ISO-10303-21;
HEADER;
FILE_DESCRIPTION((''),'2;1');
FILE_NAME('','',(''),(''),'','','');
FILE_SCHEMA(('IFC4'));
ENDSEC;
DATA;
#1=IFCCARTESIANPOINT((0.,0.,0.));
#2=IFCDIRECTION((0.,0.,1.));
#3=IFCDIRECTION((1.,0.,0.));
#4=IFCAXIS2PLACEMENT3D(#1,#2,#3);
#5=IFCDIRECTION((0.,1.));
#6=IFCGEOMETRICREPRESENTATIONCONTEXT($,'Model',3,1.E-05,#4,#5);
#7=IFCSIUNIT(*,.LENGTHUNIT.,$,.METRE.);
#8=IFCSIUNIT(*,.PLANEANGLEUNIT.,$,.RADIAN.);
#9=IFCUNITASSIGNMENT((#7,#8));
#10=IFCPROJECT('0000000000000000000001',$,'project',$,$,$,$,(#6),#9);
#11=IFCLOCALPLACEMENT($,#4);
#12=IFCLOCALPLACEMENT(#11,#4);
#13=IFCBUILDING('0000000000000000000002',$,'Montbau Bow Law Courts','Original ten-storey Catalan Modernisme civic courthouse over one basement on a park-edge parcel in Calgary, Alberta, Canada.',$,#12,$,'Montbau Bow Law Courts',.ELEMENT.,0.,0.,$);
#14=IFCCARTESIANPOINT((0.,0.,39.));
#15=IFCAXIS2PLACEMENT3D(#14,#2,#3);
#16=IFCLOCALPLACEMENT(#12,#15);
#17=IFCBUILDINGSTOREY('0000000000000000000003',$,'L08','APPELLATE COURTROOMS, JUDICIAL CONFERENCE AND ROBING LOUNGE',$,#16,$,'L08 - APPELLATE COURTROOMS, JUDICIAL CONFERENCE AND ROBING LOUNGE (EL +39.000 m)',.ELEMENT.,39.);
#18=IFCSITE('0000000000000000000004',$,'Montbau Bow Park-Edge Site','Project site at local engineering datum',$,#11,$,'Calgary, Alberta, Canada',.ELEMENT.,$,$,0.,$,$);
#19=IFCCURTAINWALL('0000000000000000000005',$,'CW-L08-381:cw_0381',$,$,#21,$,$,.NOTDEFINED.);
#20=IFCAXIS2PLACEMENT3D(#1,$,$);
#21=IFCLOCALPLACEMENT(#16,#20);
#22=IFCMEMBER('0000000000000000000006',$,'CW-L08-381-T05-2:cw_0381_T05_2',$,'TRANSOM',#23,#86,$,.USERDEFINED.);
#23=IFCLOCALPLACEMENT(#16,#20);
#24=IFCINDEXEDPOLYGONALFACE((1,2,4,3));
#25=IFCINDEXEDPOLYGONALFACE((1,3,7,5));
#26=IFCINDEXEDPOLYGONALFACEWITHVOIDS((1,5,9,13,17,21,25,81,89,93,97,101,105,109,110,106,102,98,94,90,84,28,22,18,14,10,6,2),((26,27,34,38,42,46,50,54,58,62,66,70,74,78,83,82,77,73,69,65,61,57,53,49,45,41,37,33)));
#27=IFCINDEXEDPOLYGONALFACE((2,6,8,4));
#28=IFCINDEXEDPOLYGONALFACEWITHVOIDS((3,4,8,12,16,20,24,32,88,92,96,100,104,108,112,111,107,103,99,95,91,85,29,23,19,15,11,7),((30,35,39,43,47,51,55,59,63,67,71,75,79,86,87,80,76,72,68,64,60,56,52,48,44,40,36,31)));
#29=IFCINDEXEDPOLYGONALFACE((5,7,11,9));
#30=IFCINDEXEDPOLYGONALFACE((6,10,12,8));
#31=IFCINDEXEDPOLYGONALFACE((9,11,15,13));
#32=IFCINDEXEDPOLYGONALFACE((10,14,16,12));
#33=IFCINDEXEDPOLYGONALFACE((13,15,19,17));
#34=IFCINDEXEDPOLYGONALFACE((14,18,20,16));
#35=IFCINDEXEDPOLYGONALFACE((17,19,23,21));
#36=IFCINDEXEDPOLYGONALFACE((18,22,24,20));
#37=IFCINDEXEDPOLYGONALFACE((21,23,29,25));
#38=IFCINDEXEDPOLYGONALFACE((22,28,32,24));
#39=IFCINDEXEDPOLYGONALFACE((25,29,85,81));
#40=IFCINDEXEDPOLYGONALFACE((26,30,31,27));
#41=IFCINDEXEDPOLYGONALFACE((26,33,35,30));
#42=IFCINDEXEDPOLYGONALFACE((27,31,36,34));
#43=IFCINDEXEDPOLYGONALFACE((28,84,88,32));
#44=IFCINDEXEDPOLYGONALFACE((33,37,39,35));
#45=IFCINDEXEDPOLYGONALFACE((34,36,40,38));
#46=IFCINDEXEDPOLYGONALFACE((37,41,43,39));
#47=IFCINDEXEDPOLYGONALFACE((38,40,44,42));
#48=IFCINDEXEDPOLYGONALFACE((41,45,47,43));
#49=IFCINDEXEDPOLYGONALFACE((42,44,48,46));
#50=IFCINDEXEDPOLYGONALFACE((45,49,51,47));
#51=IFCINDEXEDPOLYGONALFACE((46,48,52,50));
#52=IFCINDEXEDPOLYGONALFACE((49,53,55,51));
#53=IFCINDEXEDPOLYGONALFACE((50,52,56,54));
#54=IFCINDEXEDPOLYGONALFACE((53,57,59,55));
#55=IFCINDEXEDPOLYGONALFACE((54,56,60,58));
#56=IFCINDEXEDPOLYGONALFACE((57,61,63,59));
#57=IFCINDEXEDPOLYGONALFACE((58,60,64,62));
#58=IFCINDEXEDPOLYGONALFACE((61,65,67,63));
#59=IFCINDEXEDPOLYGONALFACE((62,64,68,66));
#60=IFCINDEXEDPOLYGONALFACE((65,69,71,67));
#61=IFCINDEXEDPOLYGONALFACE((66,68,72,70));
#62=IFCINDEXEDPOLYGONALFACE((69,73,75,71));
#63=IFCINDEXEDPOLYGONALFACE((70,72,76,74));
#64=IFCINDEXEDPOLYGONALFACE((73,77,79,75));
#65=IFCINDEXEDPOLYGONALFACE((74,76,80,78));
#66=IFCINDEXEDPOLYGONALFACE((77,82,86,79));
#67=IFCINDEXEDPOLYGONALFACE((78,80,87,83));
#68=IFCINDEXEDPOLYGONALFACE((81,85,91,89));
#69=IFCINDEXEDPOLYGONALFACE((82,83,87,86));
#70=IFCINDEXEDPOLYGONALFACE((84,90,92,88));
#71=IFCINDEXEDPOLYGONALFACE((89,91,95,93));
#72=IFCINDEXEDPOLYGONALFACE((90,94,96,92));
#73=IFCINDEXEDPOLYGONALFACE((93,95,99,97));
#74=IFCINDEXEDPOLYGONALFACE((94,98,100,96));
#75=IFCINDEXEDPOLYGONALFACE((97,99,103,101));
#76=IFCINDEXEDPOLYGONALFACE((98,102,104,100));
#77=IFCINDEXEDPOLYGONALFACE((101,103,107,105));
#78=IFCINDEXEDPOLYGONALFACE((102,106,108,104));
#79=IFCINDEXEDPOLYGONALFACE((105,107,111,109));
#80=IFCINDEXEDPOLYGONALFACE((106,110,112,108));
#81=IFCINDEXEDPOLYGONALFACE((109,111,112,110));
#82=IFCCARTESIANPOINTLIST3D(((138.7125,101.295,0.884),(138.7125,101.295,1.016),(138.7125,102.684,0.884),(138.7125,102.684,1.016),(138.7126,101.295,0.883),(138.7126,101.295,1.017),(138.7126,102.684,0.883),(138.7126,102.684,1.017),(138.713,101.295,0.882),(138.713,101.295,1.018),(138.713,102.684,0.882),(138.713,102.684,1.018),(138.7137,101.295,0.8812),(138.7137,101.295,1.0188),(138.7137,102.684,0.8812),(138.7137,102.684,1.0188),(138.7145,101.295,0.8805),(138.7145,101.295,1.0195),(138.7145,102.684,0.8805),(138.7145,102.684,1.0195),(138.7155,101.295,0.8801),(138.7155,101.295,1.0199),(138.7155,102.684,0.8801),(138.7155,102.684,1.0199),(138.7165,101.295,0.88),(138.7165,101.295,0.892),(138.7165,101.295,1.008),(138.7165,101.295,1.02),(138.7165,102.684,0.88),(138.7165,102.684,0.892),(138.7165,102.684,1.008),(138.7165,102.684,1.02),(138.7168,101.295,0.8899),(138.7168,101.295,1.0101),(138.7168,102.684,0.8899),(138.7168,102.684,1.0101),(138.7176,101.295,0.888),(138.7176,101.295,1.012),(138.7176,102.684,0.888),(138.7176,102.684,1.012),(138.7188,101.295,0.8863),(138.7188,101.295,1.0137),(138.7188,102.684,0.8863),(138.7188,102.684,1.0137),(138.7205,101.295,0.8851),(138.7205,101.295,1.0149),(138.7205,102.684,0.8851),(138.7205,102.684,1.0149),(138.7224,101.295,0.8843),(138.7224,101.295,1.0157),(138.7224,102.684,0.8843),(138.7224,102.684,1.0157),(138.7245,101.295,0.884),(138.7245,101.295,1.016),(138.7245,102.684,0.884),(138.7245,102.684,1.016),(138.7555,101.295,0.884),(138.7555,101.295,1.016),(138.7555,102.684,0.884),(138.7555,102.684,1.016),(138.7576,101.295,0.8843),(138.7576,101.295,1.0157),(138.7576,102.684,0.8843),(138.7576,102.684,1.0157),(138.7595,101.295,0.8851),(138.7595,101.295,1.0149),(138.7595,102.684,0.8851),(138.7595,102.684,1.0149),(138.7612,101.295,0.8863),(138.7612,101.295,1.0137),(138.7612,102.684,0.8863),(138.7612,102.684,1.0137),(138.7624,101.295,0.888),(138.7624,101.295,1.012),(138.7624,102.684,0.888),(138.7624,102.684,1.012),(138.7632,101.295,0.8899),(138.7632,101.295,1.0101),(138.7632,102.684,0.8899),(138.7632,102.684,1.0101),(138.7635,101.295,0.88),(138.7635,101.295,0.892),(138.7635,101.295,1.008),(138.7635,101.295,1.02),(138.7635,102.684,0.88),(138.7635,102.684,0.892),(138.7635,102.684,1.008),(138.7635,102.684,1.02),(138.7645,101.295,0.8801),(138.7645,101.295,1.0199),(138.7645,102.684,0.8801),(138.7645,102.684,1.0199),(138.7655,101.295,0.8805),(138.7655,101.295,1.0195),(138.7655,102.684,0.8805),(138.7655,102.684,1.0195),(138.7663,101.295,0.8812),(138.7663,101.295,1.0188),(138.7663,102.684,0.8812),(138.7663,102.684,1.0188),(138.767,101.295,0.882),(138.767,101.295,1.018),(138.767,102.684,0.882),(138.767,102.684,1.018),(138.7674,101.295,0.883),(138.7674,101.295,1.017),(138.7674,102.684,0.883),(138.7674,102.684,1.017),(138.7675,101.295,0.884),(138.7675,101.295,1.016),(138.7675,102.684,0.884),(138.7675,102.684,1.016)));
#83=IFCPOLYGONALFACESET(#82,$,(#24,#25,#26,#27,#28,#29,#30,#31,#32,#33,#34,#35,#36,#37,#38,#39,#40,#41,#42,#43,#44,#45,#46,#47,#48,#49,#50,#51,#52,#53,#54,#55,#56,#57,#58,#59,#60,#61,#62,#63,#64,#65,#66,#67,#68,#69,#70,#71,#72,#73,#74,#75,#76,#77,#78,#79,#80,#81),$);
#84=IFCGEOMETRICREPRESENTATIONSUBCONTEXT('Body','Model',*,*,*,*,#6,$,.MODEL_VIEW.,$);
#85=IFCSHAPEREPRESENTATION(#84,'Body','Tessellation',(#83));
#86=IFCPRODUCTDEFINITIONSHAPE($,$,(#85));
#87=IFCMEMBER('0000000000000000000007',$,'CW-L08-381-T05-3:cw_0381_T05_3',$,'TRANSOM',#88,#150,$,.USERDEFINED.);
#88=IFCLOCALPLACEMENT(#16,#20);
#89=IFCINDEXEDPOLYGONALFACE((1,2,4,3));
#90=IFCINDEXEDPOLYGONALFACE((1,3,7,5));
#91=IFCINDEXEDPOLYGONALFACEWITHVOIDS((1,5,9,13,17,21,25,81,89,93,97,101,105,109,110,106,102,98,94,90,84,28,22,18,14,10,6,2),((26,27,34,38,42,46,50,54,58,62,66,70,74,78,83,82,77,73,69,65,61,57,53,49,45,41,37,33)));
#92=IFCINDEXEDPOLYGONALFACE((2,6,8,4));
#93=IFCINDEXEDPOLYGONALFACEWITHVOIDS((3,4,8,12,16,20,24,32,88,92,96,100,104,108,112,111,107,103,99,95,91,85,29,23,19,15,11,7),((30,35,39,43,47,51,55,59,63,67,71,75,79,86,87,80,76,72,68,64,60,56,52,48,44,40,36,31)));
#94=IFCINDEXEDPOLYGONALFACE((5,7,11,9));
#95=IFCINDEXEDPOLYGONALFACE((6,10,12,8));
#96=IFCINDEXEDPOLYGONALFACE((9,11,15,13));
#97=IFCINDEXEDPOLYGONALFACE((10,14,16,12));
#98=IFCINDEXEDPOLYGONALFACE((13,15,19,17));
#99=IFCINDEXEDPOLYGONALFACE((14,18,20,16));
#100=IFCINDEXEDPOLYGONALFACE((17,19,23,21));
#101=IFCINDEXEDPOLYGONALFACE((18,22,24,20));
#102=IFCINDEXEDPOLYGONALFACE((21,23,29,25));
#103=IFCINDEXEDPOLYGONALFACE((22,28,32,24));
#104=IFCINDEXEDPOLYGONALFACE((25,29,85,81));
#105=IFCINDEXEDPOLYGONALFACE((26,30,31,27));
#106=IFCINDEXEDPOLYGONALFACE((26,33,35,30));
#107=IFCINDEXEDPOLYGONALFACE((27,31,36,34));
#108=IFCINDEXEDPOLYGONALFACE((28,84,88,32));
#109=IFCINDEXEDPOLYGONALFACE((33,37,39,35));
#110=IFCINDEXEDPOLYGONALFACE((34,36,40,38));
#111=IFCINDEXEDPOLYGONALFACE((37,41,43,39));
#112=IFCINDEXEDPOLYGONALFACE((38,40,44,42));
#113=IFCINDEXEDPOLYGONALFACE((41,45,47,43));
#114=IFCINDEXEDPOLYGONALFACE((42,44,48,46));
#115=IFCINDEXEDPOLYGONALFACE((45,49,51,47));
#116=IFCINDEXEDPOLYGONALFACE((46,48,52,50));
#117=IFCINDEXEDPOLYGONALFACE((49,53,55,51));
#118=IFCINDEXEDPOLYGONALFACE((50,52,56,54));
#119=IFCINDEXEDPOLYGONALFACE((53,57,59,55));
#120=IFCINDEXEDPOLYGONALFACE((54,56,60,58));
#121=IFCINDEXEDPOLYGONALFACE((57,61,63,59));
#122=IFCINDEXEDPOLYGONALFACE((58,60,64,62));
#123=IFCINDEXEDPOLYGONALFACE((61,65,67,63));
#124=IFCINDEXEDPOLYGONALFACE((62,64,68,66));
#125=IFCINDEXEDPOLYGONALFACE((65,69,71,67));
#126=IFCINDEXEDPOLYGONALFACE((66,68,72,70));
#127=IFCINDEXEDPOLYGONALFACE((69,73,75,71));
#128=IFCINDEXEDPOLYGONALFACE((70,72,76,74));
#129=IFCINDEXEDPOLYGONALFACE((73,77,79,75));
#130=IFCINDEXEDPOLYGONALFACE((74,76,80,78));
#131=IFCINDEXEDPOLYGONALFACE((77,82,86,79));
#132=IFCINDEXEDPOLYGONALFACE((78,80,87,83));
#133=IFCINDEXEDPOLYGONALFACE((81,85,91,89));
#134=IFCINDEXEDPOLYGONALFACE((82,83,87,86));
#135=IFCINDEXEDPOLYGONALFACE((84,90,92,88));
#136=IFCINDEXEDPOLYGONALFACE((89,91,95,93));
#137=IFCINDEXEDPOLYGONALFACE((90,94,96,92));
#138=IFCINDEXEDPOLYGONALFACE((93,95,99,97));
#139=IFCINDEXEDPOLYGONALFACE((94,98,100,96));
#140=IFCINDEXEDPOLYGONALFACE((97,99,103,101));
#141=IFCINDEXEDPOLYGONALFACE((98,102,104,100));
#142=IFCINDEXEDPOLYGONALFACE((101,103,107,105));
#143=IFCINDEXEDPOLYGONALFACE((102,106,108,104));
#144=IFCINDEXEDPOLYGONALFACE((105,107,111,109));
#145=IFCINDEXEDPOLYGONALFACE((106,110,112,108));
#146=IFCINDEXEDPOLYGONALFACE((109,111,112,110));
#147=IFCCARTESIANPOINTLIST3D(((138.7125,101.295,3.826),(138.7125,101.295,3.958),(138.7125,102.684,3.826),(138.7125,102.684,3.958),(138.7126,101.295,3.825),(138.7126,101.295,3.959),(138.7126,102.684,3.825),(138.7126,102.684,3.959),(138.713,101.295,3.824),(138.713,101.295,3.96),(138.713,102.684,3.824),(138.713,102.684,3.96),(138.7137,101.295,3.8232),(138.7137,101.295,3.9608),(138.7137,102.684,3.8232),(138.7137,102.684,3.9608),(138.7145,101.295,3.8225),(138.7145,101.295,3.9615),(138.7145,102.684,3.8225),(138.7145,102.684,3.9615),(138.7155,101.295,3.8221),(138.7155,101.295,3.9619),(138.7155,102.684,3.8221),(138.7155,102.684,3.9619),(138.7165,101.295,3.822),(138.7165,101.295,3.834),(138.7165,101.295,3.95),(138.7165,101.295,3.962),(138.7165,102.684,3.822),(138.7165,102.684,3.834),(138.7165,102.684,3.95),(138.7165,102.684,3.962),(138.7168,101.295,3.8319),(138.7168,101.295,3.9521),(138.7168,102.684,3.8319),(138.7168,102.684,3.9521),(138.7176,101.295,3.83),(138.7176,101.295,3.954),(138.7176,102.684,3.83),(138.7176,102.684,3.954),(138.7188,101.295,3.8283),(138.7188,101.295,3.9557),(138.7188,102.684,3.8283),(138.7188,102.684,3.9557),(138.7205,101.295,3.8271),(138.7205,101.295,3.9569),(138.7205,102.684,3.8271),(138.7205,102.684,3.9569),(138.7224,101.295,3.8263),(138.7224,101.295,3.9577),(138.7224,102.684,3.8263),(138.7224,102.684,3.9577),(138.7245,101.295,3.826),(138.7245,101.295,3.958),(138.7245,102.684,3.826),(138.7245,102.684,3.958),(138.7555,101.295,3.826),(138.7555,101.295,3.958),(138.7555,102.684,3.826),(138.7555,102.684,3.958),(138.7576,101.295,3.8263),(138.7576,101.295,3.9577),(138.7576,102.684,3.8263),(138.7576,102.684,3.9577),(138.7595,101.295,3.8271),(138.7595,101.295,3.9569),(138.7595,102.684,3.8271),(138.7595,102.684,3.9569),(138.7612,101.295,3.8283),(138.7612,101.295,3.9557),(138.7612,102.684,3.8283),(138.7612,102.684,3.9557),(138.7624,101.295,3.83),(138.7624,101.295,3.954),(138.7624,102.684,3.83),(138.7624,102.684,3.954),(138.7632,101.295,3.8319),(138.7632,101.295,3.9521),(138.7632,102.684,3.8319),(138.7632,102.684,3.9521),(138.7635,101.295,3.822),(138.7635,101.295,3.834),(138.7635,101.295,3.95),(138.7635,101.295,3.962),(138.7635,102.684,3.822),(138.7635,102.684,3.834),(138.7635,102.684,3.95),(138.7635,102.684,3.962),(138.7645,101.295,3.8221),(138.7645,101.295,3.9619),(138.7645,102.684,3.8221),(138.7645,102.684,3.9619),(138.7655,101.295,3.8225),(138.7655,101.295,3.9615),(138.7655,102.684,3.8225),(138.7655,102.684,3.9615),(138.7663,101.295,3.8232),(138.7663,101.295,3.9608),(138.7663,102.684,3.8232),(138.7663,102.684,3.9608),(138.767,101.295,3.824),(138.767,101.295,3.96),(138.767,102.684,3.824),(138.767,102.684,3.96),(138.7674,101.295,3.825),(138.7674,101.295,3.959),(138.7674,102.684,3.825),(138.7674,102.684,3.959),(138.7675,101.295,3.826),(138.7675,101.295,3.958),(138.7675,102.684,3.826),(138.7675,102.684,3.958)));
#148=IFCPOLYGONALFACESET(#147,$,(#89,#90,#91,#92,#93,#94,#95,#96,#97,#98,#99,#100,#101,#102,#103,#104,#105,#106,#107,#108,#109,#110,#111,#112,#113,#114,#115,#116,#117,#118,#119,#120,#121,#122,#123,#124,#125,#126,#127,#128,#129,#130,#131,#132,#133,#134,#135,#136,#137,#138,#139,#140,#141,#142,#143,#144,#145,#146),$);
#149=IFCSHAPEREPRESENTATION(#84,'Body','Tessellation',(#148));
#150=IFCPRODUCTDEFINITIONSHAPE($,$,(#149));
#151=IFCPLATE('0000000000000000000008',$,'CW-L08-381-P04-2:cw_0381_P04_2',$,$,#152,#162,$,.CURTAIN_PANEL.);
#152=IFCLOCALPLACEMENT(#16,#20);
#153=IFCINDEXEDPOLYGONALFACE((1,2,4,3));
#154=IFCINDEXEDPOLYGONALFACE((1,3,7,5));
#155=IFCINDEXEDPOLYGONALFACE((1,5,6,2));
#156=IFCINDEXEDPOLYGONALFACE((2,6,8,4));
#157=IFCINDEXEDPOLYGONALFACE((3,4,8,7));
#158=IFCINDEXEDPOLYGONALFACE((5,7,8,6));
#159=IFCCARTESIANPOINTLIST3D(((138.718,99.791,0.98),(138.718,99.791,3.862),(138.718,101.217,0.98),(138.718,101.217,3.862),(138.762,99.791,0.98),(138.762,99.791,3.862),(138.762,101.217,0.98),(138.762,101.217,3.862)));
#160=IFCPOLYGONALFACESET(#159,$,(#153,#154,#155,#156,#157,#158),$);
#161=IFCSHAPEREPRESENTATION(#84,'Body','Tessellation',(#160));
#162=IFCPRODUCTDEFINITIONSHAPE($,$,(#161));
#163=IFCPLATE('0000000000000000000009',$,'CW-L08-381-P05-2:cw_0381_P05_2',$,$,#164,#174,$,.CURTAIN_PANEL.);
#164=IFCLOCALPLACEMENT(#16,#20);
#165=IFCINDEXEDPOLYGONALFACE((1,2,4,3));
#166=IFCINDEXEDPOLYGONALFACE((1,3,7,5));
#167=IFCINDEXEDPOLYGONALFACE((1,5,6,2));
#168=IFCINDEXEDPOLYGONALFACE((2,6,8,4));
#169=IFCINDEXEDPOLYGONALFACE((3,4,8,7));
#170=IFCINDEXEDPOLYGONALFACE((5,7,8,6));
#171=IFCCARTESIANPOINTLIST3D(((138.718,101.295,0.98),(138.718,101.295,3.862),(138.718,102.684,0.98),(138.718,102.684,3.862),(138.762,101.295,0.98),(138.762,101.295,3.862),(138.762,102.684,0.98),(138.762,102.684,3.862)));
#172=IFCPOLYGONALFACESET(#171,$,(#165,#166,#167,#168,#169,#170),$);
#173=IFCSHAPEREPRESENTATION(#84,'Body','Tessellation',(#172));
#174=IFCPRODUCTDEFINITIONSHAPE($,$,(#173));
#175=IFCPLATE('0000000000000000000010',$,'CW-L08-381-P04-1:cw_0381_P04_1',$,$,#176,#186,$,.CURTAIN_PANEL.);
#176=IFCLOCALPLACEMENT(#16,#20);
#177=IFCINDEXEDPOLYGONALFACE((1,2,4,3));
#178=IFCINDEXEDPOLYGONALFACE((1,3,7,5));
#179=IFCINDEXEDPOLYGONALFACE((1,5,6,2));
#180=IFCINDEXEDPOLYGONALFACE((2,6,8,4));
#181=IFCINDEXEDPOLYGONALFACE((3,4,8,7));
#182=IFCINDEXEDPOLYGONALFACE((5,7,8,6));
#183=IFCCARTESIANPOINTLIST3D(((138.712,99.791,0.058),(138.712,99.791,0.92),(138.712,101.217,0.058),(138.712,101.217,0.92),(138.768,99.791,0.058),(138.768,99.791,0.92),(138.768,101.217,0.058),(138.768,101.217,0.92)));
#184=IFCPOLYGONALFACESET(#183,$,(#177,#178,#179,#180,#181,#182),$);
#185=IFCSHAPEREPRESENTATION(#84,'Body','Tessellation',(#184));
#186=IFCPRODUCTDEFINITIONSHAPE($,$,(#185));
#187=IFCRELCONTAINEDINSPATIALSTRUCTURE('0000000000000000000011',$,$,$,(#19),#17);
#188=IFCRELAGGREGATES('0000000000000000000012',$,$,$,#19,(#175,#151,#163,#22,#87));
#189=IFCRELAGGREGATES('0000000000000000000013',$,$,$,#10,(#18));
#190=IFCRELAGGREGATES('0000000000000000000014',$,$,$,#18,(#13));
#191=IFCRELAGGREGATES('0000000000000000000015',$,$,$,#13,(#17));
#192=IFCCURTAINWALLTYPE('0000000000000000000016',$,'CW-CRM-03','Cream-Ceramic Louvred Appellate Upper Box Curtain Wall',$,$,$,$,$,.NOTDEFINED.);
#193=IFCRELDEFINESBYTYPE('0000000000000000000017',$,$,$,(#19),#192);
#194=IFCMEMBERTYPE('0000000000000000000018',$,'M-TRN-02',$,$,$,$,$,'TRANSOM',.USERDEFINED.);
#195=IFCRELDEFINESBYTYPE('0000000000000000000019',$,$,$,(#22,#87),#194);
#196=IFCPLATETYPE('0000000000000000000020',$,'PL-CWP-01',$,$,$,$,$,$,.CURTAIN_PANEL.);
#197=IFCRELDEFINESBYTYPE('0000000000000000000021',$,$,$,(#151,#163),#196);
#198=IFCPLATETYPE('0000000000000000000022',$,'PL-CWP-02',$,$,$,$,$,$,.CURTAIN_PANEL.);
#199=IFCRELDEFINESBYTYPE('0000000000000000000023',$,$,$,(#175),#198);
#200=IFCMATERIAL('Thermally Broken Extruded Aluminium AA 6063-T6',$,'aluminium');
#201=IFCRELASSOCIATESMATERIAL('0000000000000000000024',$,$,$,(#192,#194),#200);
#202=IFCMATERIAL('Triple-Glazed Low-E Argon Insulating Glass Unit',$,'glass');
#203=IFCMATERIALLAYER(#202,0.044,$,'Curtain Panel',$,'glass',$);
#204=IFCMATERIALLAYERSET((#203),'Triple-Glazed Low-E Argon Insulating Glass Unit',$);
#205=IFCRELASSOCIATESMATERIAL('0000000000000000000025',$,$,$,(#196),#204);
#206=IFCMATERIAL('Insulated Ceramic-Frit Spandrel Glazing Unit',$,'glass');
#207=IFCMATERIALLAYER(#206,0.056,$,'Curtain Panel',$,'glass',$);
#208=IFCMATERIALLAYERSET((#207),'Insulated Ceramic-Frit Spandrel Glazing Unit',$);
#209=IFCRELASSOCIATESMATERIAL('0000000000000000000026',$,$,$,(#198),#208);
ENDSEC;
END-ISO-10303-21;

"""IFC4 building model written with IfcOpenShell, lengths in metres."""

from ifc_helpers import new_model, si_unit, direction, frame, frame_2d, origin_with_axes, origin_2d_with_axis, place, context, subcontext, project, spatial, rectangle, hollow_rectangle, extrude, material, layer, layer_set, material_profile, profile_set, type_object, element, aggregate, save


model = new_model("IFC4")

# Units and contexts
model_context = context("Model", 3, precision=1e-05, world=origin_with_axes(), true_north=direction((0.0, 1.0)))
body_context = subcontext(model_context, "Body", "Model", "MODEL_VIEW")
ifc_project = project(units=[si_unit("LENGTHUNIT", "METRE"), si_unit("PLANEANGLEUNIT", "RADIAN")], contexts=[model_context])

# Site, building, storey
site_placement = place(None, origin_with_axes())
site = spatial("IfcSite", under=ifc_project, at=site_placement, Name="Montbau Bow Park-Edge Site", Description="Project site at local engineering datum", LongName="Calgary, Alberta, Canada", CompositionType="ELEMENT", RefElevation=0.0)
building_placement = place(site_placement, origin_with_axes())
building = spatial("IfcBuilding", under=site, at=building_placement, Name="Montbau Bow Law Courts", Description="Original ten-storey Catalan Modernisme civic courthouse over one basement on a park-edge parcel in Calgary, Alberta, Canada.", LongName="Montbau Bow Law Courts", CompositionType="ELEMENT", ElevationOfRefHeight=0.0, ElevationOfTerrain=0.0)
storey_placement = place(building_placement, frame((0.0, 0.0, 39.0), z_axis=(0.0, 0.0, 1.0), x_axis=(1.0, 0.0, 0.0)))
storey = spatial("IfcBuildingStorey", under=building, at=storey_placement, Name="L08", Description="APPELLATE COURTROOMS, JUDICIAL CONFERENCE AND ROBING LOUNGE", LongName="L08 - APPELLATE COURTROOMS, JUDICIAL CONFERENCE AND ROBING LOUNGE (EL +39.000 m)", CompositionType="ELEMENT", Elevation=39.0)

# Curtain wall, members, plates
ifc_material_1 = material(Name="Thermally Broken Extruded Aluminium AA 6063-T6", Category="aluminium")
curtain_wall_type = type_object("IfcCurtainWallType", Name="CW-CRM-03", Description="Cream-Ceramic Louvred Appellate Upper Box Curtain Wall", PredefinedType="NOTDEFINED", material=ifc_material_1)
curtain_wall_placement = place(None, frame((138.74, 95.24, 39.0), z_axis=(0.0, 0.0, 1.0), x_axis=(1.0, 0.0, 0.0)))
curtain_wall = element("IfcCurtainWall", 1, at=curtain_wall_placement, inside=storey, type_object=curtain_wall_type, Name="CW-L08-381:cw_0381", PredefinedType="NOTDEFINED")
ifc_material_profile_1 = material_profile(ifc_material_1, hollow_rectangle(XDim=0.055, YDim=0.14, WallThickness=0.004, InnerFilletRadius=0.008, OuterFilletRadius=0.004, at=origin_2d_with_axis()), Name="CWT-140X55", Category="Main", Priority=0)
ifc_profile_set_1 = profile_set([ifc_material_profile_1], Name="Thermally Broken Extruded Aluminium AA 6063-T6")
member_type_1 = type_object("IfcMemberType", Name="M-TRN-02", ElementType="TRANSOM", PredefinedType="USERDEFINED", material=ifc_profile_set_1)
member_1_placement = place(None, frame((138.74, 101.295, 39.95), z_axis=(0.0, 1.0, 0.0), x_axis=(-1.0, 0.0, 0.0)))
member_1 = element("IfcMember", 2, at=member_1_placement, type_object=member_type_1, Name="CW-L08-381-T05-2:cw_0381_T05_2", ObjectType="TRANSOM", PredefinedType="USERDEFINED", context=body_context, shape_type="SweptSolid", body=[
    extrude(hollow_rectangle(XDim=0.055, YDim=0.14, WallThickness=0.004, InnerFilletRadius=0.008, OuterFilletRadius=0.004, at=origin_2d_with_axis()), origin_with_axes(), (0.0, 0.0, 1.0), 1.389),
])
member_2_placement = place(None, frame((138.74, 101.295, 42.892), z_axis=(0.0, 1.0, 0.0), x_axis=(-1.0, 0.0, 0.0)))
member_2 = element("IfcMember", 3, at=member_2_placement, type_object=member_type_1, Name="CW-L08-381-T05-3:cw_0381_T05_3", ObjectType="TRANSOM", PredefinedType="USERDEFINED", context=body_context, shape_type="SweptSolid", body=[
    extrude(hollow_rectangle(XDim=0.055, YDim=0.14, WallThickness=0.004, InnerFilletRadius=0.008, OuterFilletRadius=0.004, at=origin_2d_with_axis()), origin_with_axes(), (0.0, 0.0, 1.0), 1.389),
])
ifc_material_2 = material(Name="Triple-Glazed Low-E Argon Insulating Glass Unit", Category="glass")
ifc_layer_1 = layer(ifc_material_2, 0.044, Name="Curtain Panel", Category="glass")
ifc_layer_set_1 = layer_set([ifc_layer_1], Name="Triple-Glazed Low-E Argon Insulating Glass Unit")
plate_type_1 = type_object("IfcPlateType", Name="PL-CWP-01", PredefinedType="CURTAIN_PANEL", material=ifc_layer_set_1)
plate_1_placement = place(None, frame((138.74, 99.791, 39.98), z_axis=(1.0, 0.0, 0.0), x_axis=(0.0, 1.0, 0.0)))
plate_1 = element("IfcPlate", 4, at=plate_1_placement, type_object=plate_type_1, Name="CW-L08-381-P04-2:cw_0381_P04_2", PredefinedType="CURTAIN_PANEL", context=body_context, shape_type="SweptSolid", body=[
    extrude(rectangle(XDim=1.426, YDim=2.882, at=frame_2d((0.713, 1.441), x_axis=(1.0, 0.0))), frame((0.0, 0.0, -0.022), z_axis=(0.0, 0.0, 1.0), x_axis=(1.0, 0.0, 0.0)), (0.0, 0.0, 1.0), 0.044),
])
plate_2_placement = place(None, frame((138.74, 101.295, 39.98), z_axis=(1.0, 0.0, 0.0), x_axis=(0.0, 1.0, 0.0)))
plate_2 = element("IfcPlate", 5, at=plate_2_placement, type_object=plate_type_1, Name="CW-L08-381-P05-2:cw_0381_P05_2", PredefinedType="CURTAIN_PANEL", context=body_context, shape_type="SweptSolid", body=[
    extrude(rectangle(XDim=1.389, YDim=2.882, at=frame_2d((0.6945, 1.441), x_axis=(1.0, 0.0))), frame((0.0, 0.0, -0.022), z_axis=(0.0, 0.0, 1.0), x_axis=(1.0, 0.0, 0.0)), (0.0, 0.0, 1.0), 0.044),
])
ifc_material_3 = material(Name="Insulated Ceramic-Frit Spandrel Glazing Unit", Category="glass")
ifc_layer_2 = layer(ifc_material_3, 0.056, Name="Curtain Panel", Category="glass")
ifc_layer_set_2 = layer_set([ifc_layer_2], Name="Insulated Ceramic-Frit Spandrel Glazing Unit")
plate_type_2 = type_object("IfcPlateType", Name="PL-CWP-02", PredefinedType="CURTAIN_PANEL", material=ifc_layer_set_2)
plate_3_placement = place(None, frame((138.74, 99.791, 39.058), z_axis=(1.0, 0.0, 0.0), x_axis=(0.0, 1.0, 0.0)))
plate_3 = element("IfcPlate", 6, at=plate_3_placement, type_object=plate_type_2, Name="CW-L08-381-P04-1:cw_0381_P04_1", PredefinedType="CURTAIN_PANEL", context=body_context, shape_type="SweptSolid", body=[
    extrude(rectangle(XDim=1.426, YDim=0.862, at=frame_2d((0.713, 0.431), x_axis=(1.0, 0.0))), frame((0.0, 0.0, -0.028), z_axis=(0.0, 0.0, 1.0), x_axis=(1.0, 0.0, 0.0)), (0.0, 0.0, 1.0), 0.056),
])
aggregate(curtain_wall, [plate_3, plate_1, plate_2, member_1, member_2])

save(model, "model.ifc")
